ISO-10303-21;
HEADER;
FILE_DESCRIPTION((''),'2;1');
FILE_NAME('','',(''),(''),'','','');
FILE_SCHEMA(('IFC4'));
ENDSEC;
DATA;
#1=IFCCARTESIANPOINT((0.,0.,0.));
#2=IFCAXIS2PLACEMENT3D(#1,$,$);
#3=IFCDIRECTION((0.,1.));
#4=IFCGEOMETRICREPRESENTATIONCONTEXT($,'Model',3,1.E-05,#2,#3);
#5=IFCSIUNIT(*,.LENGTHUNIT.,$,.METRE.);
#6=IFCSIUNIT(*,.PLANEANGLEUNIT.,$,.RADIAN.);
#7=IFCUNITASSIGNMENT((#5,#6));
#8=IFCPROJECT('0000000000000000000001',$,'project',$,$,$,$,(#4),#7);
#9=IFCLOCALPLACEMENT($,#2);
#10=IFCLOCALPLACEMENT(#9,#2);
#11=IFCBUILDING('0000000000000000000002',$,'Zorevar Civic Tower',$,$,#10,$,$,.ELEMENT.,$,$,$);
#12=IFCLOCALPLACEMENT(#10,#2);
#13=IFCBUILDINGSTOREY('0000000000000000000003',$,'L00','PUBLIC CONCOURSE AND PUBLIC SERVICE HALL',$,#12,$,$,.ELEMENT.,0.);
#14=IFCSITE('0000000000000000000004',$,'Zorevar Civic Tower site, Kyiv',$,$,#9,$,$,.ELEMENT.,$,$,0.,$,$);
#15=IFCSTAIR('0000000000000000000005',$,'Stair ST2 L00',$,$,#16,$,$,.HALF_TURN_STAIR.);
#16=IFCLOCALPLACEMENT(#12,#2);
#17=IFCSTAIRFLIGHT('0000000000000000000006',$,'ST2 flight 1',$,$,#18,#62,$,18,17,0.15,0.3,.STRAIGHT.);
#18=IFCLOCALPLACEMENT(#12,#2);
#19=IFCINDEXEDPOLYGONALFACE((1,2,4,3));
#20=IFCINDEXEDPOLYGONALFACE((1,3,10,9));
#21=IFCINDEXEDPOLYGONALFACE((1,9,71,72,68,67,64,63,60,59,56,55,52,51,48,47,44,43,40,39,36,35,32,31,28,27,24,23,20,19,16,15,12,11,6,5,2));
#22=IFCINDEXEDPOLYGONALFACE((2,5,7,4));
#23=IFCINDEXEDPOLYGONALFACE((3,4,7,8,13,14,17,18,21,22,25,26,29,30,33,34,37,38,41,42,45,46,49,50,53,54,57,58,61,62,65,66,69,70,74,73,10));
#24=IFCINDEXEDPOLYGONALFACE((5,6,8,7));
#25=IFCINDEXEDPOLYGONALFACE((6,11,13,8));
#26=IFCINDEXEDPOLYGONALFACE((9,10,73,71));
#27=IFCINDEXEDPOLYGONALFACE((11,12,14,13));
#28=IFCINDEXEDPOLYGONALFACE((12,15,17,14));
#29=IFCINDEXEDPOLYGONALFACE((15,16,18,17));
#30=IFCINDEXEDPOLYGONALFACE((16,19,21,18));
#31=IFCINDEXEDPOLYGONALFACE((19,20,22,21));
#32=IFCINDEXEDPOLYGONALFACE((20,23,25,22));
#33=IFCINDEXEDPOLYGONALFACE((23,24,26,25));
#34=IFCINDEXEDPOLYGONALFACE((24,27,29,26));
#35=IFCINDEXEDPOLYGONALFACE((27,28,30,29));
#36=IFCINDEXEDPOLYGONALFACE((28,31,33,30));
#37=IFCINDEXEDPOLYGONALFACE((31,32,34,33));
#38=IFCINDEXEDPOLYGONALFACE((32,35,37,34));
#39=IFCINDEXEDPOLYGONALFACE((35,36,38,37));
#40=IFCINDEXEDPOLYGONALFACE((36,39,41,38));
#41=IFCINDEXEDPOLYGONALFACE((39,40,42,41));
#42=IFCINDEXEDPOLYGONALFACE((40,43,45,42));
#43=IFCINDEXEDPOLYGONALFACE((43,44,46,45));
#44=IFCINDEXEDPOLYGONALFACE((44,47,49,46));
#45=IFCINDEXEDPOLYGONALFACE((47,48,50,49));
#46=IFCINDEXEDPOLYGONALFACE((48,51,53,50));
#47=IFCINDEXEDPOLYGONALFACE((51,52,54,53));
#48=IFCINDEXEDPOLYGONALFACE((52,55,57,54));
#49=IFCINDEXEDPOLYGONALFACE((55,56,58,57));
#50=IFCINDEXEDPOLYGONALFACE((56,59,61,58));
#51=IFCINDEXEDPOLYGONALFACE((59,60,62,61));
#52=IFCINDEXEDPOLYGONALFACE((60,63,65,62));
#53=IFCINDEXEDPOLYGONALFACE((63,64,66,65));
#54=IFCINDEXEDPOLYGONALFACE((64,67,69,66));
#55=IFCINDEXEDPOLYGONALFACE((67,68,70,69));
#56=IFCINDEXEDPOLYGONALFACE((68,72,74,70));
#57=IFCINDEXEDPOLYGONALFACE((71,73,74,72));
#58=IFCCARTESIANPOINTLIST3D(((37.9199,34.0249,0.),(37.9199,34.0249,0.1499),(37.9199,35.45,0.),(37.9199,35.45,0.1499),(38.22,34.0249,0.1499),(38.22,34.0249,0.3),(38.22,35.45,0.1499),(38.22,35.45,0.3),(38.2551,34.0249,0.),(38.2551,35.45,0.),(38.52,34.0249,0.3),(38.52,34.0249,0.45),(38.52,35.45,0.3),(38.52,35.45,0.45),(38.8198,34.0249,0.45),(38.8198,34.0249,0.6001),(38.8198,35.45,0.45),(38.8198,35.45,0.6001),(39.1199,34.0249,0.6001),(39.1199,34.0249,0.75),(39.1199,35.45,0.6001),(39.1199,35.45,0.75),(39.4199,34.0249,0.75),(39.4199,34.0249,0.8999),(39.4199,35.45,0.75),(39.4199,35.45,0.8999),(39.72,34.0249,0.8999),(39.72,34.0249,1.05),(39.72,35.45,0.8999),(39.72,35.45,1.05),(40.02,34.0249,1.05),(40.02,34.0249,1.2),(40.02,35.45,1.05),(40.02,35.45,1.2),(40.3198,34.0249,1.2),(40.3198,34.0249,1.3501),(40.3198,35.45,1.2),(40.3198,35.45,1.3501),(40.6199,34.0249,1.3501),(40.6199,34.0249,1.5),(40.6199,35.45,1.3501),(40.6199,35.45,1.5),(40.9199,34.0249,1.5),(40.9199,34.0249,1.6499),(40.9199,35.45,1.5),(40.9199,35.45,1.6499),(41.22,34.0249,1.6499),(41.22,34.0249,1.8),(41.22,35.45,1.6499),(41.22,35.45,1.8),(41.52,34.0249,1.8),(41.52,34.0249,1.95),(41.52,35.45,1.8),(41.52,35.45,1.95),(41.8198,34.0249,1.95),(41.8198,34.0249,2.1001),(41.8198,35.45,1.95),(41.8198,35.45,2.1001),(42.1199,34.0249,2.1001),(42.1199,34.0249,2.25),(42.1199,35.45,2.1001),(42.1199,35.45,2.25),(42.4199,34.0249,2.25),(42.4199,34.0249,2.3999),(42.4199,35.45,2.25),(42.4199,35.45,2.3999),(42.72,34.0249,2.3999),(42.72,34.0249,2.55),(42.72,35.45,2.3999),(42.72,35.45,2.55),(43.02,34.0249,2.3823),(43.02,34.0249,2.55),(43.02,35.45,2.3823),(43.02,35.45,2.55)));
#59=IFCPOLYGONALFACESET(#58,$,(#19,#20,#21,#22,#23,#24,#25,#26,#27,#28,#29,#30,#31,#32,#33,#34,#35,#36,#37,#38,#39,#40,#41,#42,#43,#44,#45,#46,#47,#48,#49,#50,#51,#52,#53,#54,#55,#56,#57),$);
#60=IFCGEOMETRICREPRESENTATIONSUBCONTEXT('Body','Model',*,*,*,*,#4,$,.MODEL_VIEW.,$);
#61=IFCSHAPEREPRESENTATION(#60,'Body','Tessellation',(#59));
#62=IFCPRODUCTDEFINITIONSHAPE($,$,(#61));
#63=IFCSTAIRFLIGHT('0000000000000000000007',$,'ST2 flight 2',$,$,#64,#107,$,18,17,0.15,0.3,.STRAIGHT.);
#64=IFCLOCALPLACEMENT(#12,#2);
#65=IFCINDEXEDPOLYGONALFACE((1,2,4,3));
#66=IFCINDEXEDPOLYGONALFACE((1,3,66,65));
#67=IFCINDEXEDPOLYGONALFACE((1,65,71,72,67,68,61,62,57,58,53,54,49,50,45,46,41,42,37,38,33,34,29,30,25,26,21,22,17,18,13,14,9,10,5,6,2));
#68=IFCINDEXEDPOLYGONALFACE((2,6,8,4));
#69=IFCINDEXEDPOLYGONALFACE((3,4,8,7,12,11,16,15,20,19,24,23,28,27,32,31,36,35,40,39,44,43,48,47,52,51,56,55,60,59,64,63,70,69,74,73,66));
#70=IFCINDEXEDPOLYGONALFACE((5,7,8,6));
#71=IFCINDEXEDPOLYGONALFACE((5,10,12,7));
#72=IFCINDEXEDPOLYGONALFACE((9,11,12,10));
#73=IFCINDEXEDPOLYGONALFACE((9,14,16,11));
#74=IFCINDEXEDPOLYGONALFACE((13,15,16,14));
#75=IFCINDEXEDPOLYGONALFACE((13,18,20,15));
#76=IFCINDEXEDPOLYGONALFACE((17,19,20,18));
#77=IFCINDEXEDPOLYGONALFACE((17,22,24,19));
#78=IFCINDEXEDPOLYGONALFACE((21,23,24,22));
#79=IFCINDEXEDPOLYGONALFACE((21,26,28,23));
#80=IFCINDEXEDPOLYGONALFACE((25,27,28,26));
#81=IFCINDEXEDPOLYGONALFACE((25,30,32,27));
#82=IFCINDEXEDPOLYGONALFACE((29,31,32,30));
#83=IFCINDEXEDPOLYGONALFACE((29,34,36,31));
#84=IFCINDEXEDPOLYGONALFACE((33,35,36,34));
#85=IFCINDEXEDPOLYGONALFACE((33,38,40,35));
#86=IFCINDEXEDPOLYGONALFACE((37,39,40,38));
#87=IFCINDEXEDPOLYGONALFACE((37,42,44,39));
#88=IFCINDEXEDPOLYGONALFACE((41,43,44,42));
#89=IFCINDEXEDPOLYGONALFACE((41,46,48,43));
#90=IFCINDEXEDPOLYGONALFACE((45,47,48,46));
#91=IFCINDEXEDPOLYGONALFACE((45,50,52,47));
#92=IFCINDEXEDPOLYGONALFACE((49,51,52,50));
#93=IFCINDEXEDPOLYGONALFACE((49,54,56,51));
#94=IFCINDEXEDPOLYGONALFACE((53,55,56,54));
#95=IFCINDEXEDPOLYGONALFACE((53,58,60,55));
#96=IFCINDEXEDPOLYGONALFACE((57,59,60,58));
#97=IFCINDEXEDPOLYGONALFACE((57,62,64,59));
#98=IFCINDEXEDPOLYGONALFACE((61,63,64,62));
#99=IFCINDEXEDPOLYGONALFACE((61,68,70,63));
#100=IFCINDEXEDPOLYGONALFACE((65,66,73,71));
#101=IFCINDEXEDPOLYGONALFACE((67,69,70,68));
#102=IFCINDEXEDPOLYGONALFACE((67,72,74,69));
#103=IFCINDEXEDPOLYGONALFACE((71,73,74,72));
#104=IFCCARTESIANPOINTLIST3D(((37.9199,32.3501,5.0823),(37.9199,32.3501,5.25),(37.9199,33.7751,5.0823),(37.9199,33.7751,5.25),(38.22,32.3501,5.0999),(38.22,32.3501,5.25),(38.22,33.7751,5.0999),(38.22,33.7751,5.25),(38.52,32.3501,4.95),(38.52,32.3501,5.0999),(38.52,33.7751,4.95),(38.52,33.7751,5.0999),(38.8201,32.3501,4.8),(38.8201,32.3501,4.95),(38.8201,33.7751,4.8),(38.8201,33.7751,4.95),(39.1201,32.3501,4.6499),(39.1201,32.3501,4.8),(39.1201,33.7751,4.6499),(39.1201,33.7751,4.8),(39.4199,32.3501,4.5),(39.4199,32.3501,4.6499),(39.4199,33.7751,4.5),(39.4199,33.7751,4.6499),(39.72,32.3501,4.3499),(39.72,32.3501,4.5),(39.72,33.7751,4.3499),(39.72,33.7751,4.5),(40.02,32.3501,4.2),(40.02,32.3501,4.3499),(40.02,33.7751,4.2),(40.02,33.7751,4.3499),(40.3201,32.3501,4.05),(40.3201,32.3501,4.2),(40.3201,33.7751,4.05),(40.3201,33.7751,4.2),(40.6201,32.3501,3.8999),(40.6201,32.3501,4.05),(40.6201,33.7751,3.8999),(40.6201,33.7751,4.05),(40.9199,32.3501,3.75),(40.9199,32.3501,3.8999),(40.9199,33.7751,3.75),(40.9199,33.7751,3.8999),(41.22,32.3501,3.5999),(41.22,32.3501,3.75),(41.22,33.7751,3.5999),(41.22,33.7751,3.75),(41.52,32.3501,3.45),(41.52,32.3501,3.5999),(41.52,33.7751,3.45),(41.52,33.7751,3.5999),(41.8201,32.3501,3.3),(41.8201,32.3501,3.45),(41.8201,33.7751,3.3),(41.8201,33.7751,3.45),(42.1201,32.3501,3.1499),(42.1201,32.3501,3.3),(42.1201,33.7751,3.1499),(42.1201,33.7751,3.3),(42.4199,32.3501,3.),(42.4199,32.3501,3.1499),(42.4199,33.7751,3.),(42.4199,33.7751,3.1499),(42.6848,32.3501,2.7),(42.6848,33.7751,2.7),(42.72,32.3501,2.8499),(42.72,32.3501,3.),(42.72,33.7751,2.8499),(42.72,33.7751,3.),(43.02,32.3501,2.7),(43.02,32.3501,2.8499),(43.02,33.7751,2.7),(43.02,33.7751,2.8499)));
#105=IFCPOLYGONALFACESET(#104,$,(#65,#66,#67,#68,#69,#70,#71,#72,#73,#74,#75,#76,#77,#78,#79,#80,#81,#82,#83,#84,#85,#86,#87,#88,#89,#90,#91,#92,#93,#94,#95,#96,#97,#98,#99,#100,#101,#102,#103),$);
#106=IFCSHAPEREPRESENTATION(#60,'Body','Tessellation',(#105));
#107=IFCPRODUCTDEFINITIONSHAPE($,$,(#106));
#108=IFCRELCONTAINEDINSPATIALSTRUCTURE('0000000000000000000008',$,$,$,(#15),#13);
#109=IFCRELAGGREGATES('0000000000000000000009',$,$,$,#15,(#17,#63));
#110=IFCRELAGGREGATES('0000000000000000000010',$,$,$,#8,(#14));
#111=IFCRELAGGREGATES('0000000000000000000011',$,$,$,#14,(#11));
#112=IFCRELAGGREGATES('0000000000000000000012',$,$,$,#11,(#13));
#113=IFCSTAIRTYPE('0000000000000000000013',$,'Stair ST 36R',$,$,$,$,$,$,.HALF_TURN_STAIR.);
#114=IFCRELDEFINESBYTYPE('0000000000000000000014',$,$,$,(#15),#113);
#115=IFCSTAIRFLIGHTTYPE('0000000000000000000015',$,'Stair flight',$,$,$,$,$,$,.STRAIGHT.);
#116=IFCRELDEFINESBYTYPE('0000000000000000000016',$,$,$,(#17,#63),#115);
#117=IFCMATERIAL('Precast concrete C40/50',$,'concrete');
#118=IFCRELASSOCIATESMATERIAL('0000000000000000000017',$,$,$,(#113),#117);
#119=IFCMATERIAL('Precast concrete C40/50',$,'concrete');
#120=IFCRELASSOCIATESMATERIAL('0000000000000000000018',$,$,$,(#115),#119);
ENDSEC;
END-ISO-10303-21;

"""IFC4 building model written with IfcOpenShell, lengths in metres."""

from ifc_helpers import new_model, si_unit, direction, frame, origin, place, context, subcontext, project, spatial, polyline, outline, extrude, material, type_object, element, aggregate, save


model = new_model("IFC4")

# Units and contexts
model_context = context("Model", 3, precision=1e-05, world=origin(), true_north=direction((0.0, 1.0)))
body_context = subcontext(model_context, "Body", "Model", "MODEL_VIEW")
ifc_project = project(units=[si_unit("LENGTHUNIT", "METRE"), si_unit("PLANEANGLEUNIT", "RADIAN")], contexts=[model_context])

# Site, building, storey
site_placement = place(None, origin())
site = spatial("IfcSite", under=ifc_project, at=site_placement, Name="Zorevar Civic Tower site, Kyiv", CompositionType="ELEMENT", RefElevation=0.0)
building_placement = place(site_placement, origin())
building = spatial("IfcBuilding", under=site, at=building_placement, Name="Zorevar Civic Tower", CompositionType="ELEMENT")
storey_placement = place(building_placement, origin())
storey = spatial("IfcBuildingStorey", under=building, at=storey_placement, Name="L00", Description="PUBLIC CONCOURSE AND PUBLIC SERVICE HALL", CompositionType="ELEMENT", Elevation=0.0)

# Stair, stair flights
ifc_material_1 = material(Name="Precast concrete C40/50", Category="concrete")
stair_type = type_object("IfcStairType", Name="Stair ST 36R", PredefinedType="HALF_TURN_STAIR", material=ifc_material_1)
stair_placement = place(storey_placement, origin())
stair = element("IfcStair", 1, at=stair_placement, inside=storey, type_object=stair_type, Name="Stair ST2 L00", PredefinedType="HALF_TURN_STAIR")
ifc_material_2 = material(Name="Precast concrete C40/50", Category="concrete")
stair_flight_type = type_object("IfcStairFlightType", Name="Stair flight", PredefinedType="STRAIGHT", material=ifc_material_2)
stair_flight_1_placement = place(storey_placement, frame((37.9199, 34.7375, 0.0), z_axis=(0.0, 0.0, 1.0), x_axis=(1.0, 0.0, 0.0)))
stair_flight_1 = element("IfcStairFlight", 2, at=stair_flight_1_placement, type_object=stair_flight_type, Name="ST2 flight 1", NumberOfRisers=18, NumberOfTreads=17, PredefinedType="STRAIGHT", RiserHeight=0.15, TreadLength=0.3, context=body_context, shape_type="SweptSolid", body=[
    extrude(outline(polyline([(0.0, 0.0), (0.0, 0.1499), (0.3, 0.1499), (0.3, 0.3), (0.6001, 0.3), (0.6001, 0.45), (0.8999, 0.45), (0.8999, 0.6001), (1.2, 0.6001), (1.2, 0.75), (1.5, 0.75), (1.5, 0.8999), (1.8, 0.8999), (1.8, 1.05), (2.1001, 1.05), (2.1001, 1.2), (2.3999, 1.2), (2.3999, 1.3501), (2.7, 1.3501), (2.7, 1.5), (3.0, 1.5), (3.0, 1.6499), (3.3, 1.6499), (3.3, 1.8), (3.6001, 1.8), (3.6001, 1.95), (3.8999, 1.95), (3.8999, 2.1001), (4.2, 2.1001), (4.2, 2.25), (4.5, 2.25), (4.5, 2.3999), (4.8, 2.3999), (4.8, 2.55), (5.1001, 2.55), (5.1001, 2.7), (5.1001, 2.3823), (0.3352, 0.0), (0.0, 0.0)])), frame((0.0, 0.7124, 0.0), z_axis=(0.0, -1.0, 0.0), x_axis=(1.0, 0.0, 0.0)), (0.0, 0.0, 1.0), 1.425),
])
stair_flight_2_placement = place(storey_placement, frame((43.02, 33.0625, 2.7), z_axis=(0.0, 0.0, 1.0), x_axis=(-1.0, 0.0, 0.0)))
stair_flight_2 = element("IfcStairFlight", 3, at=stair_flight_2_placement, type_object=stair_flight_type, Name="ST2 flight 2", NumberOfRisers=18, NumberOfTreads=17, PredefinedType="STRAIGHT", RiserHeight=0.15, TreadLength=0.3, context=body_context, shape_type="SweptSolid", body=[
    extrude(outline(polyline([(0.0, 0.0), (0.0, 0.1499), (0.3, 0.1499), (0.3, 0.3), (0.6001, 0.3), (0.6001, 0.45), (0.8999, 0.45), (0.8999, 0.6001), (1.2, 0.6001), (1.2, 0.75), (1.5, 0.75), (1.5, 0.8999), (1.8, 0.8999), (1.8, 1.05), (2.1001, 1.05), (2.1001, 1.2), (2.3999, 1.2), (2.3999, 1.3501), (2.7, 1.3501), (2.7, 1.5), (3.0, 1.5), (3.0, 1.6499), (3.3, 1.6499), (3.3, 1.8), (3.6001, 1.8), (3.6001, 1.95), (3.8999, 1.95), (3.8999, 2.1001), (4.2, 2.1001), (4.2, 2.25), (4.5, 2.25), (4.5, 2.3999), (4.8, 2.3999), (4.8, 2.55), (5.1001, 2.55), (5.1001, 2.7), (5.1001, 2.3823), (0.3352, 0.0), (0.0, 0.0)])), frame((0.0, 0.7124, 0.0), z_axis=(0.0, -1.0, 0.0), x_axis=(1.0, 0.0, 0.0)), (0.0, 0.0, 1.0), 1.425),
])
aggregate(stair, [stair_flight_1, stair_flight_2])

save(model, "model.ifc")
